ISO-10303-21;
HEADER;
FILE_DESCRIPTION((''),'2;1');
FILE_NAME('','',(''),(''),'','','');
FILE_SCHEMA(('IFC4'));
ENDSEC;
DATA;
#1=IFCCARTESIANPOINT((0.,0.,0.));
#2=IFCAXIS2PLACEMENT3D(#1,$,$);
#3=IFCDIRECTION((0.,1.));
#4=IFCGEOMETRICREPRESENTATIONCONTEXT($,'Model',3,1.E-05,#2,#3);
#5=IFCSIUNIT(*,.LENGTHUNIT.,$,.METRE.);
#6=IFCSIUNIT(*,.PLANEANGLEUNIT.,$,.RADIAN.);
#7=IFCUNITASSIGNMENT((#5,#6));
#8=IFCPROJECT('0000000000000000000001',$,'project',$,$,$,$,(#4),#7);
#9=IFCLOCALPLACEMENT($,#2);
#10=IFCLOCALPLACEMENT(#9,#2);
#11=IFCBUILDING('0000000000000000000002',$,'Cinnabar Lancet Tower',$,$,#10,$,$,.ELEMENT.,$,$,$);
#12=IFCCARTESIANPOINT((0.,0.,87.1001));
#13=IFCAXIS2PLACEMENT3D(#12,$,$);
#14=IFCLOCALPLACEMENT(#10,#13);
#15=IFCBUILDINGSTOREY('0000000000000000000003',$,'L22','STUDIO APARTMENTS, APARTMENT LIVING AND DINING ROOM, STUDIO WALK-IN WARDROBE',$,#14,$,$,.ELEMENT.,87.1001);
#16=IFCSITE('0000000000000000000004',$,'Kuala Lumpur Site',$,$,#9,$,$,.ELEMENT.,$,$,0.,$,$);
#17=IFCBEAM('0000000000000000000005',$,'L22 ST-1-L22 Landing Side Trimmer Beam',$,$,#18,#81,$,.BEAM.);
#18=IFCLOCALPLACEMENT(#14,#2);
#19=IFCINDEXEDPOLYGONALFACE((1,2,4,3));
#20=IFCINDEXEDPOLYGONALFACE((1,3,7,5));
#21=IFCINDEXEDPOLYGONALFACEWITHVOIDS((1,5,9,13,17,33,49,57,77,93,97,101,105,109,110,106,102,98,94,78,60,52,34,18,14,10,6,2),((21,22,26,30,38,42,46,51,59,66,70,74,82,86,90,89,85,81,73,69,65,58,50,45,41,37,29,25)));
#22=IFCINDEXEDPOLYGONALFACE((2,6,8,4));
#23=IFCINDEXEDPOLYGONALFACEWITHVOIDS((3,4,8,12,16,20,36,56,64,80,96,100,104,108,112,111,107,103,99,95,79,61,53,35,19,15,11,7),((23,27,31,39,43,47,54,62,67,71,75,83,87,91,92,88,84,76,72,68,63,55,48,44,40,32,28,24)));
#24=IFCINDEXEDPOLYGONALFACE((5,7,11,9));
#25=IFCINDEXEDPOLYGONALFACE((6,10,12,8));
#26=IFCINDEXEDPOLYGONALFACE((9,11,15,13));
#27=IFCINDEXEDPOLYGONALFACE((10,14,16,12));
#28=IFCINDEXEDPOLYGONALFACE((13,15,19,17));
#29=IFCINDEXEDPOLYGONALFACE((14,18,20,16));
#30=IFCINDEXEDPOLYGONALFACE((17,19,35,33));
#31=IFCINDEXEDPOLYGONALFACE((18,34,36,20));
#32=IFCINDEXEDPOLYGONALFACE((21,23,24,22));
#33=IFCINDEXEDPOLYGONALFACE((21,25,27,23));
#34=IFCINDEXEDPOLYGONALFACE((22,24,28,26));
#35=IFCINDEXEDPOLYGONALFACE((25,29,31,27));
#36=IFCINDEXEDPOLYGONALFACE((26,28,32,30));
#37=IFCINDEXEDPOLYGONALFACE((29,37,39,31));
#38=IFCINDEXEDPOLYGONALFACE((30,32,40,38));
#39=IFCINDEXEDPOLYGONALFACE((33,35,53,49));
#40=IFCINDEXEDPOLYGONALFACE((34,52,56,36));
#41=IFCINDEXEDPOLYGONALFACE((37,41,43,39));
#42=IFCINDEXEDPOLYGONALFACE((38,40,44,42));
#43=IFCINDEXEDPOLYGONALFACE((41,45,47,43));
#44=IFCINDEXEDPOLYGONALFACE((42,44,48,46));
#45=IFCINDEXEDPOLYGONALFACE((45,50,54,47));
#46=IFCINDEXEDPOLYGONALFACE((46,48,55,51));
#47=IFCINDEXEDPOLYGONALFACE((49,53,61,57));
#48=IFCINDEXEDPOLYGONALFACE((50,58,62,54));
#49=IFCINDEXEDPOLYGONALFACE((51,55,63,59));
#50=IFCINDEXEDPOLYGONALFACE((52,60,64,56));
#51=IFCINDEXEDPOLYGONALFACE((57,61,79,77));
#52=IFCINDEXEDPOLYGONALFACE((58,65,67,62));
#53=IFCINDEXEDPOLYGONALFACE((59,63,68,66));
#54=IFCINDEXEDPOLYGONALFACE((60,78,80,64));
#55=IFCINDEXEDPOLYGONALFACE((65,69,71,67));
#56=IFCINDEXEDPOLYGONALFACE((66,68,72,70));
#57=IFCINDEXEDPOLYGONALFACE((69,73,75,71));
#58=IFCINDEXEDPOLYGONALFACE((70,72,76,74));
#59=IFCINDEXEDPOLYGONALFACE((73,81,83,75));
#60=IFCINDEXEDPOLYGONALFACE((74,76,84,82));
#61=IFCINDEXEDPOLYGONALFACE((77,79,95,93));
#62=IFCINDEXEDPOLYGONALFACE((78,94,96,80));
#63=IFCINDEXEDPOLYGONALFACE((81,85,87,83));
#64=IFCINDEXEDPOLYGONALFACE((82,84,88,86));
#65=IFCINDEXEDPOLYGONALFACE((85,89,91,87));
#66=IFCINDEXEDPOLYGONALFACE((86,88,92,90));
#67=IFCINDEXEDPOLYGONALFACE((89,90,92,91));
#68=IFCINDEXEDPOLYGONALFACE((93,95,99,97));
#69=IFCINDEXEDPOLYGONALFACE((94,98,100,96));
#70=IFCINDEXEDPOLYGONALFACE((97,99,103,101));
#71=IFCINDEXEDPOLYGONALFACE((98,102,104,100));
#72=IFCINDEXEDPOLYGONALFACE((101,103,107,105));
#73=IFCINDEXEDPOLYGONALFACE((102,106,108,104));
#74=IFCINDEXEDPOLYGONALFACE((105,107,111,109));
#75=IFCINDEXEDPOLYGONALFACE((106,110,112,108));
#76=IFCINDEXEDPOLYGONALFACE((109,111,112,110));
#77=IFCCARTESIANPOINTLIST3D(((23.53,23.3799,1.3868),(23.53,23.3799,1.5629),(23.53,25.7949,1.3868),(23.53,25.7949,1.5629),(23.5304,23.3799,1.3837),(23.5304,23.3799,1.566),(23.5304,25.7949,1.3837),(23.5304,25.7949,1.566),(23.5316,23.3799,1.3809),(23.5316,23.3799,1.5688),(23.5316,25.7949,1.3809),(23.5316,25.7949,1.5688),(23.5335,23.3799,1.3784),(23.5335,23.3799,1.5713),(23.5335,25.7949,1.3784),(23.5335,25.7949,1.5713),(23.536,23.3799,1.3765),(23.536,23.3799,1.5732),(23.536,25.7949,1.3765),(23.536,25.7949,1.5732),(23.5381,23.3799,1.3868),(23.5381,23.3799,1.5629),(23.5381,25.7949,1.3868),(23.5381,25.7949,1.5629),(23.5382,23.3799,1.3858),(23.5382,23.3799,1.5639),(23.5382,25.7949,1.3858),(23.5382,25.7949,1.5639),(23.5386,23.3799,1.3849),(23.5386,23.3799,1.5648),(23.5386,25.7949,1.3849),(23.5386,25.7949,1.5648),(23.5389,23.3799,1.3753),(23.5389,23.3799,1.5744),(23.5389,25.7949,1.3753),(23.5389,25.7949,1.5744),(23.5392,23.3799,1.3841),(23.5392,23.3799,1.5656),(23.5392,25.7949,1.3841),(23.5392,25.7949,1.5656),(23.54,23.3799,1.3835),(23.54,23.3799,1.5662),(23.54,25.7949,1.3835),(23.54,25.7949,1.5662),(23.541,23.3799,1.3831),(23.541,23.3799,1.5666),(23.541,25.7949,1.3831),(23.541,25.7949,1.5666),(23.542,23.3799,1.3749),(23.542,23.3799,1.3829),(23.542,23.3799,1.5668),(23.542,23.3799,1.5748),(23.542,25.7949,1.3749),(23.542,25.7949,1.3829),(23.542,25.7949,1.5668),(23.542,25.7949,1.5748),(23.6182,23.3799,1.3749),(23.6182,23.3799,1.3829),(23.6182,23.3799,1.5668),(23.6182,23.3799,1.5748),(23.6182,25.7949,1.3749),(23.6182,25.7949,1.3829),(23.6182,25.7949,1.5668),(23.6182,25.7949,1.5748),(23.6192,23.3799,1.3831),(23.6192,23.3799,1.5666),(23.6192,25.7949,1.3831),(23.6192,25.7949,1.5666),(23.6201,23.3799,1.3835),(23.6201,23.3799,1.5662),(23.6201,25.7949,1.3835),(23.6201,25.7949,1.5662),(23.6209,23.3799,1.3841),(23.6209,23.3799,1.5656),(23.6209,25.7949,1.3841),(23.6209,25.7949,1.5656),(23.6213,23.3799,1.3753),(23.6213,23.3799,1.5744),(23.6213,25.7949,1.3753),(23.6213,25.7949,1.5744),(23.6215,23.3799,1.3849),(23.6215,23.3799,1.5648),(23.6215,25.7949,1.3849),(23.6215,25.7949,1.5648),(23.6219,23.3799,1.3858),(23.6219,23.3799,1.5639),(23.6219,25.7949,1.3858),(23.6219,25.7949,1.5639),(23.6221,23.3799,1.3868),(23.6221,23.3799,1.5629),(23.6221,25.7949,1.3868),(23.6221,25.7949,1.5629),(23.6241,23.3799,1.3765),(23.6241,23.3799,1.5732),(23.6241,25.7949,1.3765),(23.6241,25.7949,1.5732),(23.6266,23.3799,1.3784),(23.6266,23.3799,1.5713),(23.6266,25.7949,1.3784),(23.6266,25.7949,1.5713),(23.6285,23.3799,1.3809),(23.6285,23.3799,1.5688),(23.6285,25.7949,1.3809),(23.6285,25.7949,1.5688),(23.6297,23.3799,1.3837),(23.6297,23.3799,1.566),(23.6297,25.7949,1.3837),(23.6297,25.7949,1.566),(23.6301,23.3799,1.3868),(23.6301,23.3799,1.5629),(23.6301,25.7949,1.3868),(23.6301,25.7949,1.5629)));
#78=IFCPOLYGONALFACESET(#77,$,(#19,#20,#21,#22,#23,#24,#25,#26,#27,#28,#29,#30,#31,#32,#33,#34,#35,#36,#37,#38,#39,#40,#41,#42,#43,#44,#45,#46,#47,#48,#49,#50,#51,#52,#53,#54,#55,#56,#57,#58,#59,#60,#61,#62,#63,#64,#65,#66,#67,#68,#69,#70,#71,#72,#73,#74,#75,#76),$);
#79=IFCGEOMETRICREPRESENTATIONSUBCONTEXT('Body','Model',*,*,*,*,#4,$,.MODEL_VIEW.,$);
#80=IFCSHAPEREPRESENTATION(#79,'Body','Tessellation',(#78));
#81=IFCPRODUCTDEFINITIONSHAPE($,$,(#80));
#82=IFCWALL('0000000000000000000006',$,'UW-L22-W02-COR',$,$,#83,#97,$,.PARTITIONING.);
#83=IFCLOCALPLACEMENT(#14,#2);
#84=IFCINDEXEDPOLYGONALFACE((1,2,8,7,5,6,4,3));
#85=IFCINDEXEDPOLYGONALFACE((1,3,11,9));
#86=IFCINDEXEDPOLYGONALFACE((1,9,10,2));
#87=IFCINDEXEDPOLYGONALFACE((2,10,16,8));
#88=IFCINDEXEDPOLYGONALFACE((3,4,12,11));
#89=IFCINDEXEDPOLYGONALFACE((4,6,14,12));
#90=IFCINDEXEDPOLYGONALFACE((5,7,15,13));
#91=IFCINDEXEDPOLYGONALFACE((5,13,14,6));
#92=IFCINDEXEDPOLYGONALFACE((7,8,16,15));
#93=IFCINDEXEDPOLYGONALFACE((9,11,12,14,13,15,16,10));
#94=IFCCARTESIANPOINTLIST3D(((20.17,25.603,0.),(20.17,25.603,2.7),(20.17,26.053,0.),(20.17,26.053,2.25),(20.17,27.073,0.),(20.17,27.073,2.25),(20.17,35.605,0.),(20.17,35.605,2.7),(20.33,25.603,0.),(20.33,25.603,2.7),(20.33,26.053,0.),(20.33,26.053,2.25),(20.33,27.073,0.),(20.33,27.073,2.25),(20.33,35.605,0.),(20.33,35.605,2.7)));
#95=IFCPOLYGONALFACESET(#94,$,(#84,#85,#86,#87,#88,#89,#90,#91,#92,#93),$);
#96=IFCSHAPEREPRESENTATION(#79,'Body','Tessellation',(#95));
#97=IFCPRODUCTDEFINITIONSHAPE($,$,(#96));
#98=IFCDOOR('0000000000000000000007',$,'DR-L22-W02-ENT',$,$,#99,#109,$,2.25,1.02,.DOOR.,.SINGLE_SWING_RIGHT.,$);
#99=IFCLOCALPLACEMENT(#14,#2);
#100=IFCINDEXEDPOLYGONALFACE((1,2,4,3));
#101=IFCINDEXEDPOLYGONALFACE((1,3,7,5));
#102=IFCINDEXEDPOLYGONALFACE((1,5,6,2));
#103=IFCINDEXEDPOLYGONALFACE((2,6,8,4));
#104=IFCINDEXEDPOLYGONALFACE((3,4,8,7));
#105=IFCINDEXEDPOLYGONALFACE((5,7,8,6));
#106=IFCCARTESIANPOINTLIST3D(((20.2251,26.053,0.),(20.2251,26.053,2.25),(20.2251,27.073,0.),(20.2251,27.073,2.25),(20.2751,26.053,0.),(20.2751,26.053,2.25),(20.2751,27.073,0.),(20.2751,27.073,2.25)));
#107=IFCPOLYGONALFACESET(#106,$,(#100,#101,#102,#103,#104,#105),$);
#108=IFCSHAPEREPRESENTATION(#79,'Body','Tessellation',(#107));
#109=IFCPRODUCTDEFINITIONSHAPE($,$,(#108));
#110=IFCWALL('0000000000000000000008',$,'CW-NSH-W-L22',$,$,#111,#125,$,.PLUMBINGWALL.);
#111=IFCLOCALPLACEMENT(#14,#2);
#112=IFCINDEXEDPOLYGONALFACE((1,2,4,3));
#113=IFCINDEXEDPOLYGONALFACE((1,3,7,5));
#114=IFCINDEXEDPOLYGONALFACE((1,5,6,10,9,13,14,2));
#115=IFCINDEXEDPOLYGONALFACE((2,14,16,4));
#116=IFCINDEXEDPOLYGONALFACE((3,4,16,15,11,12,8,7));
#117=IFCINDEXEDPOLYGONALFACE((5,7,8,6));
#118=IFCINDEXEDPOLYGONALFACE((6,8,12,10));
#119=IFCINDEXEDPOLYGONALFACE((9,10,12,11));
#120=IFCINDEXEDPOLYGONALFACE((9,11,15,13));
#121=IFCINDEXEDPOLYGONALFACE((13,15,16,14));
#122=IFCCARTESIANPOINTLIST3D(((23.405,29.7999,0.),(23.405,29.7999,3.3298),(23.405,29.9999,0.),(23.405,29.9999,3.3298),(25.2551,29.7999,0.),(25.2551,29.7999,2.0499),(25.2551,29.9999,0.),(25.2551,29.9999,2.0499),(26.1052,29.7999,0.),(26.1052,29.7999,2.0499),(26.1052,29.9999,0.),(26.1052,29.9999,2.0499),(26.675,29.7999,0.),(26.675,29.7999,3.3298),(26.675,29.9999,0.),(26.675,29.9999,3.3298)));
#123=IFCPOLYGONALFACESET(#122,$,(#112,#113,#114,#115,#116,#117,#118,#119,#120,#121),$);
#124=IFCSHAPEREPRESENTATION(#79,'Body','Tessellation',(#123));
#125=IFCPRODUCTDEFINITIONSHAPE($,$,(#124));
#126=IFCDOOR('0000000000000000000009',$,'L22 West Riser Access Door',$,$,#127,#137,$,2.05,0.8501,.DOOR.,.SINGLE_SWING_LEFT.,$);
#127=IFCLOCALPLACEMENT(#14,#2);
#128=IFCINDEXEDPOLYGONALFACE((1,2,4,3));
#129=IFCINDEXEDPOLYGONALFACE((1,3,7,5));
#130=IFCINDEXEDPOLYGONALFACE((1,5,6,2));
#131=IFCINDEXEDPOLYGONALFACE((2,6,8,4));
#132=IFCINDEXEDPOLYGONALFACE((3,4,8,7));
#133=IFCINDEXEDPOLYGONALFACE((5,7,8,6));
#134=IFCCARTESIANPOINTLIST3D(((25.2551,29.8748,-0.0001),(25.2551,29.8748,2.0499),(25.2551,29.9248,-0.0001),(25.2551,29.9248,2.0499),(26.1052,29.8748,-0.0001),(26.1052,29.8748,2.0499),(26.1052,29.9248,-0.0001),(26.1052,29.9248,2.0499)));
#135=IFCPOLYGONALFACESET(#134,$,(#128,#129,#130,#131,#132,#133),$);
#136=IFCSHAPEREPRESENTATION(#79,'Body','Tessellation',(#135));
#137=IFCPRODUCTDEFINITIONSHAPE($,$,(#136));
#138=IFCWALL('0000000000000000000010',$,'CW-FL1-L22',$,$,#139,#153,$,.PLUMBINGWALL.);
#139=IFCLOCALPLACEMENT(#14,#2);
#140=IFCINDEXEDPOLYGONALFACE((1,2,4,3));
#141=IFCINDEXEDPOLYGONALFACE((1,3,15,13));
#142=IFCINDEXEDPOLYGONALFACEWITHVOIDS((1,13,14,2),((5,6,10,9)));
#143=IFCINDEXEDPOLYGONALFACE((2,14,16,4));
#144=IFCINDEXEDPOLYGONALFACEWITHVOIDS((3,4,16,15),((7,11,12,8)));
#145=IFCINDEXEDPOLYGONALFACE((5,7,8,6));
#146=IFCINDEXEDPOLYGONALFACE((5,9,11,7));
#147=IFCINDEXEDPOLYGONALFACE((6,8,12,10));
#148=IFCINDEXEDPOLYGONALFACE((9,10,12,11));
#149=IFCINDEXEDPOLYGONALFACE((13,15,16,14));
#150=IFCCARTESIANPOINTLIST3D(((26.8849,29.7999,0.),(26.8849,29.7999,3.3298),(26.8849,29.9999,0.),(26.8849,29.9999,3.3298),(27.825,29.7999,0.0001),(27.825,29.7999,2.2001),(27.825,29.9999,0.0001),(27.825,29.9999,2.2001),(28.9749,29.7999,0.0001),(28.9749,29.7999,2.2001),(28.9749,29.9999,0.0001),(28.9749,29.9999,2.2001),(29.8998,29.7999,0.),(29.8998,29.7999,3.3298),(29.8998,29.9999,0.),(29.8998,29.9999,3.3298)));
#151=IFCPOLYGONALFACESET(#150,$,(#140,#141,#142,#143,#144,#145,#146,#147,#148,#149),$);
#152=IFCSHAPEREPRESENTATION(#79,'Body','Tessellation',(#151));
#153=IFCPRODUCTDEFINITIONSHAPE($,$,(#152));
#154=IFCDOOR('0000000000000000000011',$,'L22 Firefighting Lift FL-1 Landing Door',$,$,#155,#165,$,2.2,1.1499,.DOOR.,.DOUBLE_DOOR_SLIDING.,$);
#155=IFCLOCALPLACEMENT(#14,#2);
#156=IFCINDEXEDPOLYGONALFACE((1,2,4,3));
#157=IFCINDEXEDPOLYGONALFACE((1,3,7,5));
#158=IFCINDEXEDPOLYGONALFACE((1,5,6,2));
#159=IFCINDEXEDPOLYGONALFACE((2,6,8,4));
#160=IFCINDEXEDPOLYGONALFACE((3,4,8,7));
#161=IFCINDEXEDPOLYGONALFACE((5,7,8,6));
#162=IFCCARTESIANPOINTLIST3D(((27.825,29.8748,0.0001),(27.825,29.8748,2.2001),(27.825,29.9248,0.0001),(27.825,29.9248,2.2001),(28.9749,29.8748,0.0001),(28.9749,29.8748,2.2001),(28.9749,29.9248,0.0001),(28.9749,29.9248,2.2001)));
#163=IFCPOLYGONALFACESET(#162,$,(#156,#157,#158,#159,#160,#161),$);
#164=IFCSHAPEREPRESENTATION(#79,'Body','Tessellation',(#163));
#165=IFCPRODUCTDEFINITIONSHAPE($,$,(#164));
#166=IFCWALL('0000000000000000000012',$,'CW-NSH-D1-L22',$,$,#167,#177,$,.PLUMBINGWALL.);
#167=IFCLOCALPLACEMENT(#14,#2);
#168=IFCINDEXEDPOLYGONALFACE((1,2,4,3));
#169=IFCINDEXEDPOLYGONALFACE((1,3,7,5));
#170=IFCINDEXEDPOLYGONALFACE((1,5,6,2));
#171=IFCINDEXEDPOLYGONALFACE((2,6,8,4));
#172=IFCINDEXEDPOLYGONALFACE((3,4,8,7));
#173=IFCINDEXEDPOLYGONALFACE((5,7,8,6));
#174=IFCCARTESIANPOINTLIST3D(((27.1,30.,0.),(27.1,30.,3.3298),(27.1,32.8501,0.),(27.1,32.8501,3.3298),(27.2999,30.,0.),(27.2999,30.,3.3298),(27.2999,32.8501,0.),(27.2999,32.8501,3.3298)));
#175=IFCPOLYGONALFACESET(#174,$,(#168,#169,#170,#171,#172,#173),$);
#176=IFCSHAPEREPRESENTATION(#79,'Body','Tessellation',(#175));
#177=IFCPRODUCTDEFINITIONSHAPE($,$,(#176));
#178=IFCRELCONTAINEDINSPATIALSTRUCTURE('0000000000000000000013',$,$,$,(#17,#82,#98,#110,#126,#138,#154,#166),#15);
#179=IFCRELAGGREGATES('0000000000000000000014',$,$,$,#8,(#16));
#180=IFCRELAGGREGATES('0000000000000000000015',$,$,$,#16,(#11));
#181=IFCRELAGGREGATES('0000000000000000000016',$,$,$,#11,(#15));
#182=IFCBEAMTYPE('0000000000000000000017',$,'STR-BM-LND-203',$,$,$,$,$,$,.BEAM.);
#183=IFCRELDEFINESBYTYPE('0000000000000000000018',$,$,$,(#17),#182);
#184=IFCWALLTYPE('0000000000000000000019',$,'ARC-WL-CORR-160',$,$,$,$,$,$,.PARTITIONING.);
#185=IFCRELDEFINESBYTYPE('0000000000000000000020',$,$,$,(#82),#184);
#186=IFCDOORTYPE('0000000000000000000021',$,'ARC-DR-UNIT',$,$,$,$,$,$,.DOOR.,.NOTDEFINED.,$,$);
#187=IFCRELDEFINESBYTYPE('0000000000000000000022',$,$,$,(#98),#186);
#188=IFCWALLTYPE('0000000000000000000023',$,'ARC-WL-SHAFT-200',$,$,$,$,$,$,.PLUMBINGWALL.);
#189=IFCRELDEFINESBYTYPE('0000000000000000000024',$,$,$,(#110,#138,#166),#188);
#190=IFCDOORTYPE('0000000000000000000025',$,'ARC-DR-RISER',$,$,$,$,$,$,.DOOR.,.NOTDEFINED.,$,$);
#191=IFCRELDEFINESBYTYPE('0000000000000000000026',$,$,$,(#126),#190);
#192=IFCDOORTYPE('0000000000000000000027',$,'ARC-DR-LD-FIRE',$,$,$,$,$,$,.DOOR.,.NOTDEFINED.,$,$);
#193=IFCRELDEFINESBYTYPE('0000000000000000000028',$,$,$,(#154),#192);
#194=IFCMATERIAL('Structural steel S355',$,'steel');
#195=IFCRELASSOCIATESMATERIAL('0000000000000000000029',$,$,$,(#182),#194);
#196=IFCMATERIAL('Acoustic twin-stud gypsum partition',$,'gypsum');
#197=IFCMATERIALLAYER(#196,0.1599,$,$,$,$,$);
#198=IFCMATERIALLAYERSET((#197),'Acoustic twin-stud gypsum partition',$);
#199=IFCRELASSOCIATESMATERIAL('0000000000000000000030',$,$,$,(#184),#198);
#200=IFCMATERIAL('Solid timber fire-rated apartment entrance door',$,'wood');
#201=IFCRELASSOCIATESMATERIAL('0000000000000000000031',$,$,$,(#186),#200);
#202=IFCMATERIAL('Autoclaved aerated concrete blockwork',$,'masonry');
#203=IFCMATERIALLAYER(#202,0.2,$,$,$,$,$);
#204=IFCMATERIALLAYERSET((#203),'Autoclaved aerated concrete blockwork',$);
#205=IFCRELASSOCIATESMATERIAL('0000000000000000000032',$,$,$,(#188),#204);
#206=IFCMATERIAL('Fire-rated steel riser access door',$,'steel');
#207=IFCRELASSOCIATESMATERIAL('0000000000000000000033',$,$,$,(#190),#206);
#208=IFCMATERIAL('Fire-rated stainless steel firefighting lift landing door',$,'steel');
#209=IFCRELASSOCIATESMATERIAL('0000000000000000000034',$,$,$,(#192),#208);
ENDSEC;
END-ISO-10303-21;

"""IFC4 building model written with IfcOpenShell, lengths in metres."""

from ifc_helpers import new_model, si_unit, direction, frame, frame_2d, origin, origin_2d, place, context, subcontext, project, spatial, rectangle, hollow_rectangle, extrude, material, layer, layer_set, material_profile, profile_set, type_object, element, fill, save


model = new_model("IFC4")

# Units and contexts
model_context = context("Model", 3, precision=1e-05, world=origin(), true_north=direction((0.0, 1.0)))
body_context = subcontext(model_context, "Body", "Model", "MODEL_VIEW")
ifc_project = project(units=[si_unit("LENGTHUNIT", "METRE"), si_unit("PLANEANGLEUNIT", "RADIAN")], contexts=[model_context])

# Site, building, storey
site_placement = place(None, origin())
site = spatial("IfcSite", under=ifc_project, at=site_placement, Name="Kuala Lumpur Site", CompositionType="ELEMENT", RefElevation=0.0)
building_placement = place(site_placement, origin())
building = spatial("IfcBuilding", under=site, at=building_placement, Name="Cinnabar Lancet Tower", CompositionType="ELEMENT")
storey_placement = place(building_placement, frame((0.0, 0.0, 87.1001)))
storey = spatial("IfcBuildingStorey", under=building, at=storey_placement, Name="L22", Description="STUDIO APARTMENTS, APARTMENT LIVING AND DINING ROOM, STUDIO WALK-IN WARDROBE", CompositionType="ELEMENT", Elevation=87.1001)

# Beam
ifc_material_1 = material(Name="Structural steel S355", Category="steel")
ifc_material_profile_1 = material_profile(ifc_material_1, hollow_rectangle(XDim=0.1001, YDim=0.2, WallThickness=0.0081, InnerFilletRadius=0.0039, OuterFilletRadius=0.012, at=origin_2d()), Name="RHS 200x100x8")
ifc_profile_set_1 = profile_set([ifc_material_profile_1], Name="Structural steel S355")
beam_type_1 = type_object("IfcBeamType", Name="STR-BM-LND-203", PredefinedType="BEAM", material=ifc_profile_set_1)
beam_1_placement = place(storey_placement, frame((23.5801, 23.3799, 1.4749), z_axis=(0.0, 1.0, 0.0), x_axis=(-1.0, 0.0, 0.0)))
element("IfcBeam", 1, at=beam_1_placement, inside=storey, type_object=beam_type_1, Name="L22 ST-1-L22 Landing Side Trimmer Beam", PredefinedType="BEAM", context=body_context, shape_type="SweptSolid", body=[
    extrude(hollow_rectangle(XDim=0.1001, YDim=0.2, WallThickness=0.0081, InnerFilletRadius=0.0039, OuterFilletRadius=0.012, at=origin_2d()), origin(), (0.0, 0.0, 1.0), 2.415),
])

# Walls, openings, doors
ifc_material_2 = material(Name="Acoustic twin-stud gypsum partition", Category="gypsum")
ifc_layer_1 = layer(ifc_material_2, 0.1599)
ifc_layer_set_1 = layer_set([ifc_layer_1], Name="Acoustic twin-stud gypsum partition")
wall_type_1 = type_object("IfcWallType", Name="ARC-WL-CORR-160", PredefinedType="PARTITIONING", material=ifc_layer_set_1)
wall_1_placement = place(storey_placement, frame((20.25, 25.603, 0.0), z_axis=(0.0, 0.0, 1.0), x_axis=(0.0, 1.0, 0.0)))
wall_1 = element("IfcWall", 2, at=wall_1_placement, inside=storey, type_object=wall_type_1, Name="UW-L22-W02-COR", PredefinedType="PARTITIONING", context=body_context, shape_type="SweptSolid", body=[
    extrude(rectangle(XDim=10.002, YDim=0.1599, at=frame_2d((5.001, 0.0))), origin(), (0.0, 0.0, 1.0), 2.7),
])
opening_1_placement = place(wall_1_placement, frame((0.45, 0.0, 0.0)))
opening_1 = element("IfcOpeningElement", 3, at=opening_1_placement, cuts=wall_1, PredefinedType="OPENING", context=body_context, shape_type="SweptSolid", body=[
    extrude(rectangle(XDim=1.02, YDim=2.25, at=frame_2d((0.51, 1.125))), frame((0.0, 0.0898, 0.0), z_axis=(0.0, -1.0, 0.0), x_axis=(1.0, 0.0, 0.0)), (0.0, 0.0, 1.0), 0.1799),
])
ifc_material_3 = material(Name="Solid timber fire-rated apartment entrance door", Category="wood")
door_type_1 = type_object("IfcDoorType", Name="ARC-DR-UNIT", OperationType="NOTDEFINED", PredefinedType="DOOR", material=ifc_material_3)
door_1_placement = place(opening_1_placement, origin())
door_1 = element("IfcDoor", 4, at=door_1_placement, inside=storey, type_object=door_type_1, Name="DR-L22-W02-ENT", OperationType="SINGLE_SWING_RIGHT", OverallHeight=2.25, OverallWidth=1.02, PredefinedType="DOOR", context=body_context, shape_type="SweptSolid", body=[
    extrude(rectangle(XDim=1.02, YDim=2.25, at=frame_2d((0.51, 1.125))), frame((0.0, 0.0249, 0.0), z_axis=(0.0, -1.0, 0.0), x_axis=(1.0, 0.0, 0.0)), (0.0, 0.0, 1.0), 0.05),
])
fill(opening_1, door_1)
ifc_material_4 = material(Name="Autoclaved aerated concrete blockwork", Category="masonry")
ifc_layer_2 = layer(ifc_material_4, 0.2)
ifc_layer_set_2 = layer_set([ifc_layer_2], Name="Autoclaved aerated concrete blockwork")
wall_type_2 = type_object("IfcWallType", Name="ARC-WL-SHAFT-200", PredefinedType="PLUMBINGWALL", material=ifc_layer_set_2)
wall_2_placement = place(storey_placement, frame((23.405, 29.8999, 0.0), z_axis=(0.0, 0.0, 1.0), x_axis=(1.0, 0.0, 0.0)))
wall_2 = element("IfcWall", 5, at=wall_2_placement, inside=storey, type_object=wall_type_2, Name="CW-NSH-W-L22", PredefinedType="PLUMBINGWALL", context=body_context, shape_type="SweptSolid", body=[
    extrude(rectangle(XDim=3.27, YDim=0.2, at=frame_2d((1.635, 0.0))), origin(), (0.0, 0.0, 1.0), 3.3298),
])
opening_2_placement = place(wall_2_placement, frame((1.8501, 0.0, 0.0)))
opening_2 = element("IfcOpeningElement", 6, at=opening_2_placement, cuts=wall_2, PredefinedType="OPENING", context=body_context, shape_type="SweptSolid", body=[
    extrude(rectangle(XDim=0.8501, YDim=2.05, at=frame_2d((0.425, 1.0249))), frame((0.0, 0.1099, 0.0), z_axis=(0.0, -1.0, 0.0), x_axis=(1.0, 0.0, 0.0)), (0.0, 0.0, 1.0), 0.22),
])
ifc_material_5 = material(Name="Fire-rated steel riser access door", Category="steel")
door_type_2 = type_object("IfcDoorType", Name="ARC-DR-RISER", OperationType="NOTDEFINED", PredefinedType="DOOR", material=ifc_material_5)
door_2_placement = place(opening_2_placement, origin())
door_2 = element("IfcDoor", 7, at=door_2_placement, inside=storey, type_object=door_type_2, Name="L22 West Riser Access Door", OperationType="SINGLE_SWING_LEFT", OverallHeight=2.05, OverallWidth=0.8501, PredefinedType="DOOR", context=body_context, shape_type="SweptSolid", body=[
    extrude(rectangle(XDim=0.8501, YDim=2.05, at=frame_2d((0.425, 1.0249))), frame((0.0, 0.0249, 0.0), z_axis=(0.0, -1.0, 0.0), x_axis=(1.0, 0.0, 0.0)), (0.0, 0.0, 1.0), 0.05),
])
fill(opening_2, door_2)
wall_3_placement = place(storey_placement, frame((26.885, 29.8999, 0.0), z_axis=(0.0, 0.0, 1.0), x_axis=(1.0, 0.0, 0.0)))
wall_3 = element("IfcWall", 8, at=wall_3_placement, inside=storey, type_object=wall_type_2, Name="CW-FL1-L22", PredefinedType="PLUMBINGWALL", context=body_context, shape_type="SweptSolid", body=[
    extrude(rectangle(XDim=3.0149, YDim=0.2, at=frame_2d((1.5073, 0.0))), origin(), (0.0, 0.0, 1.0), 3.3298),
])
opening_3_placement = place(wall_3_placement, frame((0.9399, 0.0, 0.0)))
opening_3 = element("IfcOpeningElement", 9, at=opening_3_placement, cuts=wall_3, PredefinedType="OPENING", context=body_context, shape_type="SweptSolid", body=[
    extrude(rectangle(XDim=1.1499, YDim=2.2, at=frame_2d((0.575, 1.1001))), frame((0.0, 0.1099, 0.0), z_axis=(0.0, -1.0, 0.0), x_axis=(1.0, 0.0, 0.0)), (0.0, 0.0, 1.0), 0.22),
])
ifc_material_6 = material(Name="Fire-rated stainless steel firefighting lift landing door", Category="steel")
door_type_3 = type_object("IfcDoorType", Name="ARC-DR-LD-FIRE", OperationType="NOTDEFINED", PredefinedType="DOOR", material=ifc_material_6)
door_3_placement = place(opening_3_placement, origin())
door_3 = element("IfcDoor", 10, at=door_3_placement, inside=storey, type_object=door_type_3, Name="L22 Firefighting Lift FL-1 Landing Door", OperationType="DOUBLE_DOOR_SLIDING", OverallHeight=2.2, OverallWidth=1.1499, PredefinedType="DOOR", context=body_context, shape_type="SweptSolid", body=[
    extrude(rectangle(XDim=1.1499, YDim=2.2, at=frame_2d((0.575, 1.1001))), frame((0.0, 0.0249, 0.0), z_axis=(0.0, -1.0, 0.0), x_axis=(1.0, 0.0, 0.0)), (0.0, 0.0, 1.0), 0.05),
])
fill(opening_3, door_3)

# Wall
wall_4_placement = place(storey_placement, frame((27.2, 30.0, 0.0), z_axis=(0.0, 0.0, 1.0), x_axis=(0.0, 1.0, 0.0)))
element("IfcWall", 11, at=wall_4_placement, inside=storey, type_object=wall_type_2, Name="CW-NSH-D1-L22", PredefinedType="PLUMBINGWALL", context=body_context, shape_type="SweptSolid", body=[
    extrude(rectangle(XDim=2.8501, YDim=0.2, at=frame_2d((1.425, 0.0))), origin(), (0.0, 0.0, 1.0), 3.3298),
])

save(model, "model.ifc")
